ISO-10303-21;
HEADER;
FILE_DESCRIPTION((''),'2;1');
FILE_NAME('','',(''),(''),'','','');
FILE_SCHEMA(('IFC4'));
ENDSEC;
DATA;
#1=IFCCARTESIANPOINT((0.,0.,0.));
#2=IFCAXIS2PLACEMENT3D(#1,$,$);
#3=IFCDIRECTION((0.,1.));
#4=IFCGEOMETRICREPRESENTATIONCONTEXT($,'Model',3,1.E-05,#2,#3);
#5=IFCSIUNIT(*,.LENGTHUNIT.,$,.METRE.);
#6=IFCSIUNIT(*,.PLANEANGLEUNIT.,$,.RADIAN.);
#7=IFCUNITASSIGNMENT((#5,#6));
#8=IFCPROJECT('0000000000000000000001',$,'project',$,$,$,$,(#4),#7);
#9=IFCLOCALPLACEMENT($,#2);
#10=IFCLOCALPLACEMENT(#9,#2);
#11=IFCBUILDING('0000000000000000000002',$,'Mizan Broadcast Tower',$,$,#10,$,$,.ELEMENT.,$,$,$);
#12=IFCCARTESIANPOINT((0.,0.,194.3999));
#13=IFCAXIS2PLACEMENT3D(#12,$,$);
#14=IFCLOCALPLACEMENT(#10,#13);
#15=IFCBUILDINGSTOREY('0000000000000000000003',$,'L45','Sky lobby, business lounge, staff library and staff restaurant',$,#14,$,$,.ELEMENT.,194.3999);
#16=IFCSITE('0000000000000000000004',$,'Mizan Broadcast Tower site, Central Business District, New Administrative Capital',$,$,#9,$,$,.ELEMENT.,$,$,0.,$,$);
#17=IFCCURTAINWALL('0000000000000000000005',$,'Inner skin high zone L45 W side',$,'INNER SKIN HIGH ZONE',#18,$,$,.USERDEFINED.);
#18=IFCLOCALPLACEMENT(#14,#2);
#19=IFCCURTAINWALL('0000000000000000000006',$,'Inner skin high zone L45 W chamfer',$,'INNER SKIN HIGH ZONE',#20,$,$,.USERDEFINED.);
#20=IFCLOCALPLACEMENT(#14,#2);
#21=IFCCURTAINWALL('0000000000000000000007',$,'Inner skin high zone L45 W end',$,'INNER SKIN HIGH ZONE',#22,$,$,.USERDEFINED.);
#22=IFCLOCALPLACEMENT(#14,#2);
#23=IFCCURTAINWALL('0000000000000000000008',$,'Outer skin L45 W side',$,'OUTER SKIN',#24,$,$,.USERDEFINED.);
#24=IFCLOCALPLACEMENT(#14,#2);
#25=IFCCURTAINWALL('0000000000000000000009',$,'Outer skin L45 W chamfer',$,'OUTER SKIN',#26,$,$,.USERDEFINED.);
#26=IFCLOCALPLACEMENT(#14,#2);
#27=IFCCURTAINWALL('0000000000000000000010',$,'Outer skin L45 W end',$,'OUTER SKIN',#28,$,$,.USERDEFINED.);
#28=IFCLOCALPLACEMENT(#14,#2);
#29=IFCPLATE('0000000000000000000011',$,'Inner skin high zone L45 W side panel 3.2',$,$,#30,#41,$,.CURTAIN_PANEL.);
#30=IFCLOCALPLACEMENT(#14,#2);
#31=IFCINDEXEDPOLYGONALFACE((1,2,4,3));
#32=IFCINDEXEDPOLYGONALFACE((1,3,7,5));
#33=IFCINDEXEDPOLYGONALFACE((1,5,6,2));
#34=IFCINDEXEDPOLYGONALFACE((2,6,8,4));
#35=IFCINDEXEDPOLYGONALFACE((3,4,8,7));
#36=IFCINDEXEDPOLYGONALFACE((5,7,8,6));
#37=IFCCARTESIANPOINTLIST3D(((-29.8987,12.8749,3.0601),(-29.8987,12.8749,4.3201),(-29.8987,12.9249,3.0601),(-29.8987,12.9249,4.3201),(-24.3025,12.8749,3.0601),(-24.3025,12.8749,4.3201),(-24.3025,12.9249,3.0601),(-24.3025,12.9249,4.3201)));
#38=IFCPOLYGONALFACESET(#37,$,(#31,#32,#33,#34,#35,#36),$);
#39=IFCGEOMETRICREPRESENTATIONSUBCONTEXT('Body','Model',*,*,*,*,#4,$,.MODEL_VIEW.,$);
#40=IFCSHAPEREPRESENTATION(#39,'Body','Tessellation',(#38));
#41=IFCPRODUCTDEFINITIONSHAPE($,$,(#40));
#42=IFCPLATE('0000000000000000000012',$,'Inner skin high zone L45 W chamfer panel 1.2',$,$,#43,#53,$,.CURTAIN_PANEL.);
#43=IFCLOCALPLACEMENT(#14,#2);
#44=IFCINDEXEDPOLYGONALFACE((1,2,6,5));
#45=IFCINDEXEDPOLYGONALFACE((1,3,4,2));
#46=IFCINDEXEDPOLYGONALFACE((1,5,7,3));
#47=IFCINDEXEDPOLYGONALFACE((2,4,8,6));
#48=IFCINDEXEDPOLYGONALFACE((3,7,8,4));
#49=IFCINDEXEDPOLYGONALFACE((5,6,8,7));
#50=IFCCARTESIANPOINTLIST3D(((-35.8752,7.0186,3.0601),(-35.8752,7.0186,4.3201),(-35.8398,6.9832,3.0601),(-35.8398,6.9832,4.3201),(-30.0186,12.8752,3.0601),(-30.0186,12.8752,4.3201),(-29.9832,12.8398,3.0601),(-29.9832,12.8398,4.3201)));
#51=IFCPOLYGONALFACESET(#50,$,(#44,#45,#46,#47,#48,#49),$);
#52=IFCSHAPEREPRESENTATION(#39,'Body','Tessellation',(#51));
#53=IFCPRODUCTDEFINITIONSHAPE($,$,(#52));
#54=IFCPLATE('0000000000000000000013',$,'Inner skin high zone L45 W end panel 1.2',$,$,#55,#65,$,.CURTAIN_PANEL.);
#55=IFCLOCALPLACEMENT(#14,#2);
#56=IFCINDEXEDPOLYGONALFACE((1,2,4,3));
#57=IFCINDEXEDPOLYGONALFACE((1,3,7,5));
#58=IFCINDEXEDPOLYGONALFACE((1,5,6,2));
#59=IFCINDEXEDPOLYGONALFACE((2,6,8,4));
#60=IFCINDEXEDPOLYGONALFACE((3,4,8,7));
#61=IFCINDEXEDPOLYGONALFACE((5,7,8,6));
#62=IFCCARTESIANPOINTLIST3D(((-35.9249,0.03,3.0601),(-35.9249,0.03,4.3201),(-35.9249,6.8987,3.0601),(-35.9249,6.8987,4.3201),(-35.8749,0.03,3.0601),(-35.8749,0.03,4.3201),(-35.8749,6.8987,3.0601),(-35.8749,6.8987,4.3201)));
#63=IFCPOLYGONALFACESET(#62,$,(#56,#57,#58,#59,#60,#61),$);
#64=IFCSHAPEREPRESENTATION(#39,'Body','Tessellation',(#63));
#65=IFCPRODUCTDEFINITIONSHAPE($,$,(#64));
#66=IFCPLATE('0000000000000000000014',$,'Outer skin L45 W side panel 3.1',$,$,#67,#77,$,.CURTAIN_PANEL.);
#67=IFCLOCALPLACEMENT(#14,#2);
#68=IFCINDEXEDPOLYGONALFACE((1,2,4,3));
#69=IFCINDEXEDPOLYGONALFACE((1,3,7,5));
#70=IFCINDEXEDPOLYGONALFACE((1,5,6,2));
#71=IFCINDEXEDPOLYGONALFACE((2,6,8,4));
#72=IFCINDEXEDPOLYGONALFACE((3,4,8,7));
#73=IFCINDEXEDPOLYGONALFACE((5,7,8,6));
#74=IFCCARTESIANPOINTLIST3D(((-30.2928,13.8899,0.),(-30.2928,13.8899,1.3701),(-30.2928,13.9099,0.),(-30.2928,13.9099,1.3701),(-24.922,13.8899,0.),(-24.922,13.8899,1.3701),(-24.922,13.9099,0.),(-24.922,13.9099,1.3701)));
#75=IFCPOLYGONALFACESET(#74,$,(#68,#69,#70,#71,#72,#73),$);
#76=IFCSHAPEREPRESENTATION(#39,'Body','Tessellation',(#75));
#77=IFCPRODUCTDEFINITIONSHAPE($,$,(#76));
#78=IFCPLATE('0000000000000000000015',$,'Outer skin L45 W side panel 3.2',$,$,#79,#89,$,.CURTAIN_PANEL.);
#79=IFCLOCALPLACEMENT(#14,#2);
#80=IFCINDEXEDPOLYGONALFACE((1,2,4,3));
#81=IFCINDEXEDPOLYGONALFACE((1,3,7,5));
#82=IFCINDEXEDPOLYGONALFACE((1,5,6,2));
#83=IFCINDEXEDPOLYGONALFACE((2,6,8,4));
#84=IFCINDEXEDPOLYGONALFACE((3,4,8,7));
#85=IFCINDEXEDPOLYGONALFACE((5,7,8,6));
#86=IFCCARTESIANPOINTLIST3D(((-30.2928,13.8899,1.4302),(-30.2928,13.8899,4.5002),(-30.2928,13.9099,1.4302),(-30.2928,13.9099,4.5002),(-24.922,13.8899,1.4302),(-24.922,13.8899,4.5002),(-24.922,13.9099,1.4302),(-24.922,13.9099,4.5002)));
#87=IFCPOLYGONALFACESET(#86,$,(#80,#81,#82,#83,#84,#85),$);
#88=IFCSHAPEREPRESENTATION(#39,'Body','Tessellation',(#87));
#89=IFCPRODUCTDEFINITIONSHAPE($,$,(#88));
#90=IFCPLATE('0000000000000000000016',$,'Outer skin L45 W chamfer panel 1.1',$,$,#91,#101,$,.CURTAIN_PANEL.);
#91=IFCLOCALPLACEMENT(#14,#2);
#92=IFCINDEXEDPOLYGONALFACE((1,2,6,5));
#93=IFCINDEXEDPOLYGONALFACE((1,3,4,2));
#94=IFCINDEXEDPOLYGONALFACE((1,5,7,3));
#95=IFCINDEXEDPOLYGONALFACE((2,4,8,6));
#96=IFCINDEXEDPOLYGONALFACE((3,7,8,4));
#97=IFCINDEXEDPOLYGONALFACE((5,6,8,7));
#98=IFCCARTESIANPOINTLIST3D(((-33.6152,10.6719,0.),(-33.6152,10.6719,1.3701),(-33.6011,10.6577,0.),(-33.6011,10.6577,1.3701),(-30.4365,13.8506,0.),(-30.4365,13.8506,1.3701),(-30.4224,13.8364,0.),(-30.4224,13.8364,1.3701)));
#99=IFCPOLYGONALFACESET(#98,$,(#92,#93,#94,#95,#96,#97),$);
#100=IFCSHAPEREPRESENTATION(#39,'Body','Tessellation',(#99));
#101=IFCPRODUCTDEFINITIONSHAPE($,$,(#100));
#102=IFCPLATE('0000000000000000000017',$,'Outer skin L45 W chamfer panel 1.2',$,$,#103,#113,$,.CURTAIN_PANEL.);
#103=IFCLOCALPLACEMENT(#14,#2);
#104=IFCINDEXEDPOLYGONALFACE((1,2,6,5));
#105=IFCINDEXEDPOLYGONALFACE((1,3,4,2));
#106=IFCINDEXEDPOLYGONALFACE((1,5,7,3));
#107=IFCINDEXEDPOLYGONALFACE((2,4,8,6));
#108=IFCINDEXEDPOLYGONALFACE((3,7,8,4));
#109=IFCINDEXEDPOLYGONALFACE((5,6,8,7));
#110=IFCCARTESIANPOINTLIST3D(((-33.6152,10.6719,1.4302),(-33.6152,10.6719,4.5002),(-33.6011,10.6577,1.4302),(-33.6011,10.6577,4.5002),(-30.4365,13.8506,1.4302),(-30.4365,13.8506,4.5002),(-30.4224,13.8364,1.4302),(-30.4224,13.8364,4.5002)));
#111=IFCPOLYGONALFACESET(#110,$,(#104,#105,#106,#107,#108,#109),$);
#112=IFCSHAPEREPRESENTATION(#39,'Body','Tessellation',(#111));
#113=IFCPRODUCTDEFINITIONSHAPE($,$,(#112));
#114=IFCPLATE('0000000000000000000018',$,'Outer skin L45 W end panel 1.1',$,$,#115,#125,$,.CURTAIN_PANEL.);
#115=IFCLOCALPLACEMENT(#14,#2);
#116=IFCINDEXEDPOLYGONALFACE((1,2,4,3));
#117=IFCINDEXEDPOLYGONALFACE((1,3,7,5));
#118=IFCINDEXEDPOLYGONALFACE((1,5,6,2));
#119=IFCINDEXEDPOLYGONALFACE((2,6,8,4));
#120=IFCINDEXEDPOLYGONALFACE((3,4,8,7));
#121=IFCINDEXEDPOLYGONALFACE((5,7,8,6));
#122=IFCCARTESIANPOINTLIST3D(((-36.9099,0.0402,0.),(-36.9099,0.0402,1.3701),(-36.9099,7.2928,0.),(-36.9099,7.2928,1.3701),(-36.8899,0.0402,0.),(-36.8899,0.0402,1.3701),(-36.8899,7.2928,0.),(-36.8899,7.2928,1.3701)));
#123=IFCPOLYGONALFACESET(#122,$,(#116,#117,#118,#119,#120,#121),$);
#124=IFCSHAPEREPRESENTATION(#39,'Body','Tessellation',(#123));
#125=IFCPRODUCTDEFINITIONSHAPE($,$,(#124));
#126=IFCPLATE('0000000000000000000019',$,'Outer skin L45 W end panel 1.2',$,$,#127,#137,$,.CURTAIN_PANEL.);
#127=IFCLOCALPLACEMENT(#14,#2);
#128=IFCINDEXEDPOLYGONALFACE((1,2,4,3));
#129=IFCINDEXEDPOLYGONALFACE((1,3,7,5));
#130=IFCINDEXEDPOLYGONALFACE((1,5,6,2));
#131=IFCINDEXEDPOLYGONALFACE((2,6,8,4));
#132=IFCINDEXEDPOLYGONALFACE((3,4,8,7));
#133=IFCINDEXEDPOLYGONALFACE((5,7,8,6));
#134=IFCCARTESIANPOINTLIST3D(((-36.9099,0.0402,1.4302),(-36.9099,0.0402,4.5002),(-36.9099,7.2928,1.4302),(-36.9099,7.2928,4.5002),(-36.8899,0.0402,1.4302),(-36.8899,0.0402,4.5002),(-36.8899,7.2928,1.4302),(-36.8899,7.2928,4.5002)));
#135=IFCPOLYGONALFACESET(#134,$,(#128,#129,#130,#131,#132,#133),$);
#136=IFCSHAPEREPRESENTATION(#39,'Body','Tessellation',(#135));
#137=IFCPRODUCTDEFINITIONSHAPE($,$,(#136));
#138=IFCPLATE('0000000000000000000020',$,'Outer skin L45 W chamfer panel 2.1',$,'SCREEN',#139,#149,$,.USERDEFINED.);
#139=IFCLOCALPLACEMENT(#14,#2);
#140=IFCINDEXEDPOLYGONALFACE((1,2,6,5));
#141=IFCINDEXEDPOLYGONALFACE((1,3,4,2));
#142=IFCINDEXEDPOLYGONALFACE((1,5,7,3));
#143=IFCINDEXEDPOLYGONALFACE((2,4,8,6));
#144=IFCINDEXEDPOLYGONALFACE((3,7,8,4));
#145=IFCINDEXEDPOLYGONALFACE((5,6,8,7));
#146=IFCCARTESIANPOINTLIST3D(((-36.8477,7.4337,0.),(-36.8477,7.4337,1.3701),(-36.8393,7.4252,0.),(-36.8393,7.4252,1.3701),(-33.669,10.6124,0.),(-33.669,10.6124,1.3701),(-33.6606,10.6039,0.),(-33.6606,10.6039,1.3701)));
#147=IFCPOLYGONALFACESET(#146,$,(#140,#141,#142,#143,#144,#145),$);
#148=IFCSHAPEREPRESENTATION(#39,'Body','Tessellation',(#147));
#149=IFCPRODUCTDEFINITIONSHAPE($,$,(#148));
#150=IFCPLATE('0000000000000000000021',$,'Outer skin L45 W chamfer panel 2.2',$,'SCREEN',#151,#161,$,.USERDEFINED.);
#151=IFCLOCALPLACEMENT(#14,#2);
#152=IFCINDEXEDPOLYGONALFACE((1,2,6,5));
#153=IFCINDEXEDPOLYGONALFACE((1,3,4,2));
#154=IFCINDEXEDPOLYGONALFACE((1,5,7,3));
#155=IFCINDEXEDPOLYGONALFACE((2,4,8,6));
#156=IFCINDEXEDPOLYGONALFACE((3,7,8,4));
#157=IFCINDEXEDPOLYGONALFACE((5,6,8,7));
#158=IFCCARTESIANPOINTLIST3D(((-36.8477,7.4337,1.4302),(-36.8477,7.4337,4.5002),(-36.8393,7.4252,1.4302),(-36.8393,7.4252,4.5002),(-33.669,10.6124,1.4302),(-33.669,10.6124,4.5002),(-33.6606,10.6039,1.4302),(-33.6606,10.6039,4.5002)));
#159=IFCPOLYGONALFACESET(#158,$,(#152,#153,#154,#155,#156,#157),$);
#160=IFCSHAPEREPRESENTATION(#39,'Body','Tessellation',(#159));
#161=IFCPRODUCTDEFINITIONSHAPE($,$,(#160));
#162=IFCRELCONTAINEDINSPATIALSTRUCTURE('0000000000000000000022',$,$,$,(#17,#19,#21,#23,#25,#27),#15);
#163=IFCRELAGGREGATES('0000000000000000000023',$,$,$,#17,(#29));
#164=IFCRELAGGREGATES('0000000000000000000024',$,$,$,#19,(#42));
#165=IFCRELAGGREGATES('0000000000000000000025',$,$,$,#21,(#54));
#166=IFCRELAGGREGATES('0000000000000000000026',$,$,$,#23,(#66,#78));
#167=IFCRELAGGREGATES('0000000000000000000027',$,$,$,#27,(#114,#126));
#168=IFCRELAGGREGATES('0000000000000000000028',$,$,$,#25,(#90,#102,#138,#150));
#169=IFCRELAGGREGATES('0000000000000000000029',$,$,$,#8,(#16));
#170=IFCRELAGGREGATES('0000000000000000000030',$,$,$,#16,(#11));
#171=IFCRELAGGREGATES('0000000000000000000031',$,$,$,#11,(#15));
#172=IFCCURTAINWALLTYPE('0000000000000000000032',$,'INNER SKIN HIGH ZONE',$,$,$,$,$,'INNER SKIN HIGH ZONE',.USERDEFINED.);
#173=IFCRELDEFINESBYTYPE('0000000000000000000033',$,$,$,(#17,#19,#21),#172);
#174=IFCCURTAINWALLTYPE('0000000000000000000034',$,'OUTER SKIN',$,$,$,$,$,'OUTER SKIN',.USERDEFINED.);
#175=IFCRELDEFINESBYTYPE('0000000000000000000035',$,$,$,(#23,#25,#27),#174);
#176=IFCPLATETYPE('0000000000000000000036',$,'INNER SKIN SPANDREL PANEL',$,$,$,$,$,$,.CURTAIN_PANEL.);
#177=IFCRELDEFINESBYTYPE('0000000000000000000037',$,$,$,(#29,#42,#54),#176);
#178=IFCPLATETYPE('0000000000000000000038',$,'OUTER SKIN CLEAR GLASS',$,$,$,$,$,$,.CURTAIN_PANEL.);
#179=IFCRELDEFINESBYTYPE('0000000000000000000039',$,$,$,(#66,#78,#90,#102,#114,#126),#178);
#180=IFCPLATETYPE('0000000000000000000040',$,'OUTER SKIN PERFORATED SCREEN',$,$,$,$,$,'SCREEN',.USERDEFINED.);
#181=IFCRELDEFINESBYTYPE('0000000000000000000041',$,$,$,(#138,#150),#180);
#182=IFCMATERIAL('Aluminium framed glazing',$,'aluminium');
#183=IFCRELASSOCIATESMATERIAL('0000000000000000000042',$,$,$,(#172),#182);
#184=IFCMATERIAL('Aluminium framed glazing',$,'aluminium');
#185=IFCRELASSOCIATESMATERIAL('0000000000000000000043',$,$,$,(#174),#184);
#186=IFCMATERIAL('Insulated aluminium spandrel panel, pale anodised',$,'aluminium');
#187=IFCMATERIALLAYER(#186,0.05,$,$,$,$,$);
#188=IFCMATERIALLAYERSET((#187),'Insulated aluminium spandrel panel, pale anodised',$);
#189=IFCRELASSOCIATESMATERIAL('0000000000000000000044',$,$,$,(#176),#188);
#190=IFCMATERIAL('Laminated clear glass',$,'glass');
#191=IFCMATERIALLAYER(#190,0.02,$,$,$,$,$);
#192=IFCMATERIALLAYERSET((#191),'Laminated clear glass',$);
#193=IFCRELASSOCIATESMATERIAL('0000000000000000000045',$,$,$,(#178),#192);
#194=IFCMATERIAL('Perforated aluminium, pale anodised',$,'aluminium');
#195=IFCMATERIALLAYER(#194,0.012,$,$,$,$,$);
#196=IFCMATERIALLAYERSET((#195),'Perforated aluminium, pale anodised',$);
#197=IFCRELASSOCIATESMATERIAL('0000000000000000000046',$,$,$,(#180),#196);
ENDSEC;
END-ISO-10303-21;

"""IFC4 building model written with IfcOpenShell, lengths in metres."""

from ifc_helpers import new_model, si_unit, direction, frame, origin, origin_2d, place, context, subcontext, project, spatial, rectangle, extrude, material, layer, layer_set, type_object, element, aggregate, save


model = new_model("IFC4")

# Units and contexts
model_context = context("Model", 3, precision=1e-05, world=origin(), true_north=direction((0.0, 1.0)))
body_context = subcontext(model_context, "Body", "Model", "MODEL_VIEW")
ifc_project = project(units=[si_unit("LENGTHUNIT", "METRE"), si_unit("PLANEANGLEUNIT", "RADIAN")], contexts=[model_context])

# Site, building, storey
site_placement = place(None, origin())
site = spatial("IfcSite", under=ifc_project, at=site_placement, Name="Mizan Broadcast Tower site, Central Business District, New Administrative Capital", CompositionType="ELEMENT", RefElevation=0.0)
building_placement = place(site_placement, origin())
building = spatial("IfcBuilding", under=site, at=building_placement, Name="Mizan Broadcast Tower", CompositionType="ELEMENT")
storey_placement = place(building_placement, frame((0.0, 0.0, 194.3999)))
storey = spatial("IfcBuildingStorey", under=building, at=storey_placement, Name="L45", Description="Sky lobby, business lounge, staff library and staff restaurant", CompositionType="ELEMENT", Elevation=194.3999)

# Curtain wall
ifc_material_1 = material(Name="Aluminium framed glazing", Category="aluminium")
curtain_wall_type_1 = type_object("IfcCurtainWallType", Name="INNER SKIN HIGH ZONE", ElementType="INNER SKIN HIGH ZONE", PredefinedType="USERDEFINED", material=ifc_material_1)
curtain_wall_1_placement = place(storey_placement, origin())
curtain_wall_1 = element("IfcCurtainWall", 1, at=curtain_wall_1_placement, inside=storey, type_object=curtain_wall_type_1, Name="Inner skin high zone L45 W side", ObjectType="INNER SKIN HIGH ZONE", PredefinedType="USERDEFINED")

# Curtain wall
curtain_wall_2_placement = place(storey_placement, origin())
curtain_wall_2 = element("IfcCurtainWall", 2, at=curtain_wall_2_placement, inside=storey, type_object=curtain_wall_type_1, Name="Inner skin high zone L45 W chamfer", ObjectType="INNER SKIN HIGH ZONE", PredefinedType="USERDEFINED")

# Curtain walls
curtain_wall_3_placement = place(storey_placement, origin())
curtain_wall_3 = element("IfcCurtainWall", 3, at=curtain_wall_3_placement, inside=storey, type_object=curtain_wall_type_1, Name="Inner skin high zone L45 W end", ObjectType="INNER SKIN HIGH ZONE", PredefinedType="USERDEFINED")
ifc_material_2 = material(Name="Aluminium framed glazing", Category="aluminium")
curtain_wall_type_2 = type_object("IfcCurtainWallType", Name="OUTER SKIN", ElementType="OUTER SKIN", PredefinedType="USERDEFINED", material=ifc_material_2)
curtain_wall_4_placement = place(storey_placement, origin())
curtain_wall_4 = element("IfcCurtainWall", 4, at=curtain_wall_4_placement, inside=storey, type_object=curtain_wall_type_2, Name="Outer skin L45 W side", ObjectType="OUTER SKIN", PredefinedType="USERDEFINED")

# Curtain wall
curtain_wall_5_placement = place(storey_placement, origin())
curtain_wall_5 = element("IfcCurtainWall", 5, at=curtain_wall_5_placement, inside=storey, type_object=curtain_wall_type_2, Name="Outer skin L45 W chamfer", ObjectType="OUTER SKIN", PredefinedType="USERDEFINED")

# Curtain wall
curtain_wall_6_placement = place(storey_placement, origin())
curtain_wall_6 = element("IfcCurtainWall", 6, at=curtain_wall_6_placement, inside=storey, type_object=curtain_wall_type_2, Name="Outer skin L45 W end", ObjectType="OUTER SKIN", PredefinedType="USERDEFINED")

# Plates
ifc_material_3 = material(Name="Insulated aluminium spandrel panel, pale anodised", Category="aluminium")
ifc_layer_1 = layer(ifc_material_3, 0.05)
ifc_layer_set_1 = layer_set([ifc_layer_1], Name="Insulated aluminium spandrel panel, pale anodised")
plate_type_1 = type_object("IfcPlateType", Name="INNER SKIN SPANDREL PANEL", PredefinedType="CURTAIN_PANEL", material=ifc_layer_set_1)
plate_1_placement = place(storey_placement, frame((-27.1006, 12.8999, 3.0601), z_axis=(0.0, 0.0, 1.0), x_axis=(-1.0, 0.0, 0.0)))
plate_1 = element("IfcPlate", 7, at=plate_1_placement, type_object=plate_type_1, Name="Inner skin high zone L45 W side panel 3.2", PredefinedType="CURTAIN_PANEL", context=body_context, shape_type="SweptSolid", body=[
    extrude(rectangle(XDim=5.5962, YDim=0.05, at=origin_2d()), origin(), (0.0, 0.0, 1.0), 1.26),
])
aggregate(curtain_wall_1, [plate_1])
plate_2_placement = place(storey_placement, frame((-32.9292, 9.9292, 3.0601), z_axis=(0.0, 0.0, 1.0), x_axis=(-0.707107, -0.707107, 0.0)))
plate_2 = element("IfcPlate", 8, at=plate_2_placement, type_object=plate_type_1, Name="Inner skin high zone L45 W chamfer panel 1.2", PredefinedType="CURTAIN_PANEL", context=body_context, shape_type="SweptSolid", body=[
    extrude(rectangle(XDim=8.2825, YDim=0.05, at=origin_2d()), origin(), (0.0, 0.0, 1.0), 1.26),
])
aggregate(curtain_wall_2, [plate_2])
plate_3_placement = place(storey_placement, frame((-35.8999, 3.4644, 3.0601), z_axis=(0.0, 0.0, 1.0), x_axis=(0.0, -1.0, 0.0)))
plate_3 = element("IfcPlate", 9, at=plate_3_placement, type_object=plate_type_1, Name="Inner skin high zone L45 W end panel 1.2", PredefinedType="CURTAIN_PANEL", context=body_context, shape_type="SweptSolid", body=[
    extrude(rectangle(XDim=6.8687, YDim=0.05, at=origin_2d()), origin(), (0.0, 0.0, 1.0), 1.26),
])
aggregate(curtain_wall_3, [plate_3])
ifc_material_4 = material(Name="Laminated clear glass", Category="glass")
ifc_layer_2 = layer(ifc_material_4, 0.02)
ifc_layer_set_2 = layer_set([ifc_layer_2], Name="Laminated clear glass")
plate_type_2 = type_object("IfcPlateType", Name="OUTER SKIN CLEAR GLASS", PredefinedType="CURTAIN_PANEL", material=ifc_layer_set_2)
plate_4_placement = place(storey_placement, frame((-27.6074, 13.8999, 0.0), z_axis=(0.0, 0.0, 1.0), x_axis=(-1.0, 0.0, 0.0)))
plate_4 = element("IfcPlate", 10, at=plate_4_placement, type_object=plate_type_2, Name="Outer skin L45 W side panel 3.1", PredefinedType="CURTAIN_PANEL", context=body_context, shape_type="SweptSolid", body=[
    extrude(rectangle(XDim=5.3708, YDim=0.02, at=origin_2d()), origin(), (0.0, 0.0, 1.0), 1.3701),
])
plate_5_placement = place(storey_placement, frame((-27.6074, 13.8999, 1.4302), z_axis=(0.0, 0.0, 1.0), x_axis=(-1.0, 0.0, 0.0)))
plate_5 = element("IfcPlate", 11, at=plate_5_placement, type_object=plate_type_2, Name="Outer skin L45 W side panel 3.2", PredefinedType="CURTAIN_PANEL", context=body_context, shape_type="SweptSolid", body=[
    extrude(rectangle(XDim=5.3708, YDim=0.02, at=origin_2d()), origin(), (0.0, 0.0, 1.0), 3.0701),
])
aggregate(curtain_wall_4, [plate_4, plate_5])
plate_6_placement = place(storey_placement, frame((-32.0188, 12.2542, 0.0), z_axis=(0.0, 0.0, 1.0), x_axis=(-0.707107, -0.707107, 0.0)))
plate_6 = element("IfcPlate", 12, at=plate_6_placement, type_object=plate_type_2, Name="Outer skin L45 W chamfer panel 1.1", PredefinedType="CURTAIN_PANEL", context=body_context, shape_type="SweptSolid", body=[
    extrude(rectangle(XDim=4.4954, YDim=0.02, at=origin_2d()), origin(), (0.0, 0.0, 1.0), 1.3701),
])
plate_7_placement = place(storey_placement, frame((-32.0188, 12.2542, 1.4302), z_axis=(0.0, 0.0, 1.0), x_axis=(-0.707107, -0.707107, 0.0)))
plate_7 = element("IfcPlate", 13, at=plate_7_placement, type_object=plate_type_2, Name="Outer skin L45 W chamfer panel 1.2", PredefinedType="CURTAIN_PANEL", context=body_context, shape_type="SweptSolid", body=[
    extrude(rectangle(XDim=4.4954, YDim=0.02, at=origin_2d()), origin(), (0.0, 0.0, 1.0), 3.0701),
])
plate_8_placement = place(storey_placement, frame((-36.8999, 3.6665, 0.0), z_axis=(0.0, 0.0, 1.0), x_axis=(0.0, -1.0, 0.0)))
plate_8 = element("IfcPlate", 14, at=plate_8_placement, type_object=plate_type_2, Name="Outer skin L45 W end panel 1.1", PredefinedType="CURTAIN_PANEL", context=body_context, shape_type="SweptSolid", body=[
    extrude(rectangle(XDim=7.2527, YDim=0.02, at=origin_2d()), origin(), (0.0, 0.0, 1.0), 1.3701),
])
plate_9_placement = place(storey_placement, frame((-36.8999, 3.6665, 1.4302), z_axis=(0.0, 0.0, 1.0), x_axis=(0.0, -1.0, 0.0)))
plate_9 = element("IfcPlate", 15, at=plate_9_placement, type_object=plate_type_2, Name="Outer skin L45 W end panel 1.2", PredefinedType="CURTAIN_PANEL", context=body_context, shape_type="SweptSolid", body=[
    extrude(rectangle(XDim=7.2527, YDim=0.02, at=origin_2d()), origin(), (0.0, 0.0, 1.0), 3.0701),
])
aggregate(curtain_wall_6, [plate_8, plate_9])
ifc_material_5 = material(Name="Perforated aluminium, pale anodised", Category="aluminium")
ifc_layer_3 = layer(ifc_material_5, 0.012)
ifc_layer_set_3 = layer_set([ifc_layer_3], Name="Perforated aluminium, pale anodised")
plate_type_3 = type_object("IfcPlateType", Name="OUTER SKIN PERFORATED SCREEN", ElementType="SCREEN", PredefinedType="USERDEFINED", material=ifc_layer_set_3)
plate_10_placement = place(storey_placement, frame((-35.2542, 9.0188, 0.0), z_axis=(0.0, 0.0, 1.0), x_axis=(-0.707107, -0.707107, 0.0)))
plate_10 = element("IfcPlate", 16, at=plate_10_placement, type_object=plate_type_3, Name="Outer skin L45 W chamfer panel 2.1", ObjectType="SCREEN", PredefinedType="USERDEFINED", context=body_context, shape_type="SweptSolid", body=[
    extrude(rectangle(XDim=4.4954, YDim=0.012, at=origin_2d()), origin(), (0.0, 0.0, 1.0), 1.3701),
])
plate_11_placement = place(storey_placement, frame((-35.2542, 9.0188, 1.4302), z_axis=(0.0, 0.0, 1.0), x_axis=(-0.707107, -0.707107, 0.0)))
plate_11 = element("IfcPlate", 17, at=plate_11_placement, type_object=plate_type_3, Name="Outer skin L45 W chamfer panel 2.2", ObjectType="SCREEN", PredefinedType="USERDEFINED", context=body_context, shape_type="SweptSolid", body=[
    extrude(rectangle(XDim=4.4954, YDim=0.012, at=origin_2d()), origin(), (0.0, 0.0, 1.0), 3.0701),
])
aggregate(curtain_wall_5, [plate_6, plate_7, plate_10, plate_11])

save(model, "model.ifc")
